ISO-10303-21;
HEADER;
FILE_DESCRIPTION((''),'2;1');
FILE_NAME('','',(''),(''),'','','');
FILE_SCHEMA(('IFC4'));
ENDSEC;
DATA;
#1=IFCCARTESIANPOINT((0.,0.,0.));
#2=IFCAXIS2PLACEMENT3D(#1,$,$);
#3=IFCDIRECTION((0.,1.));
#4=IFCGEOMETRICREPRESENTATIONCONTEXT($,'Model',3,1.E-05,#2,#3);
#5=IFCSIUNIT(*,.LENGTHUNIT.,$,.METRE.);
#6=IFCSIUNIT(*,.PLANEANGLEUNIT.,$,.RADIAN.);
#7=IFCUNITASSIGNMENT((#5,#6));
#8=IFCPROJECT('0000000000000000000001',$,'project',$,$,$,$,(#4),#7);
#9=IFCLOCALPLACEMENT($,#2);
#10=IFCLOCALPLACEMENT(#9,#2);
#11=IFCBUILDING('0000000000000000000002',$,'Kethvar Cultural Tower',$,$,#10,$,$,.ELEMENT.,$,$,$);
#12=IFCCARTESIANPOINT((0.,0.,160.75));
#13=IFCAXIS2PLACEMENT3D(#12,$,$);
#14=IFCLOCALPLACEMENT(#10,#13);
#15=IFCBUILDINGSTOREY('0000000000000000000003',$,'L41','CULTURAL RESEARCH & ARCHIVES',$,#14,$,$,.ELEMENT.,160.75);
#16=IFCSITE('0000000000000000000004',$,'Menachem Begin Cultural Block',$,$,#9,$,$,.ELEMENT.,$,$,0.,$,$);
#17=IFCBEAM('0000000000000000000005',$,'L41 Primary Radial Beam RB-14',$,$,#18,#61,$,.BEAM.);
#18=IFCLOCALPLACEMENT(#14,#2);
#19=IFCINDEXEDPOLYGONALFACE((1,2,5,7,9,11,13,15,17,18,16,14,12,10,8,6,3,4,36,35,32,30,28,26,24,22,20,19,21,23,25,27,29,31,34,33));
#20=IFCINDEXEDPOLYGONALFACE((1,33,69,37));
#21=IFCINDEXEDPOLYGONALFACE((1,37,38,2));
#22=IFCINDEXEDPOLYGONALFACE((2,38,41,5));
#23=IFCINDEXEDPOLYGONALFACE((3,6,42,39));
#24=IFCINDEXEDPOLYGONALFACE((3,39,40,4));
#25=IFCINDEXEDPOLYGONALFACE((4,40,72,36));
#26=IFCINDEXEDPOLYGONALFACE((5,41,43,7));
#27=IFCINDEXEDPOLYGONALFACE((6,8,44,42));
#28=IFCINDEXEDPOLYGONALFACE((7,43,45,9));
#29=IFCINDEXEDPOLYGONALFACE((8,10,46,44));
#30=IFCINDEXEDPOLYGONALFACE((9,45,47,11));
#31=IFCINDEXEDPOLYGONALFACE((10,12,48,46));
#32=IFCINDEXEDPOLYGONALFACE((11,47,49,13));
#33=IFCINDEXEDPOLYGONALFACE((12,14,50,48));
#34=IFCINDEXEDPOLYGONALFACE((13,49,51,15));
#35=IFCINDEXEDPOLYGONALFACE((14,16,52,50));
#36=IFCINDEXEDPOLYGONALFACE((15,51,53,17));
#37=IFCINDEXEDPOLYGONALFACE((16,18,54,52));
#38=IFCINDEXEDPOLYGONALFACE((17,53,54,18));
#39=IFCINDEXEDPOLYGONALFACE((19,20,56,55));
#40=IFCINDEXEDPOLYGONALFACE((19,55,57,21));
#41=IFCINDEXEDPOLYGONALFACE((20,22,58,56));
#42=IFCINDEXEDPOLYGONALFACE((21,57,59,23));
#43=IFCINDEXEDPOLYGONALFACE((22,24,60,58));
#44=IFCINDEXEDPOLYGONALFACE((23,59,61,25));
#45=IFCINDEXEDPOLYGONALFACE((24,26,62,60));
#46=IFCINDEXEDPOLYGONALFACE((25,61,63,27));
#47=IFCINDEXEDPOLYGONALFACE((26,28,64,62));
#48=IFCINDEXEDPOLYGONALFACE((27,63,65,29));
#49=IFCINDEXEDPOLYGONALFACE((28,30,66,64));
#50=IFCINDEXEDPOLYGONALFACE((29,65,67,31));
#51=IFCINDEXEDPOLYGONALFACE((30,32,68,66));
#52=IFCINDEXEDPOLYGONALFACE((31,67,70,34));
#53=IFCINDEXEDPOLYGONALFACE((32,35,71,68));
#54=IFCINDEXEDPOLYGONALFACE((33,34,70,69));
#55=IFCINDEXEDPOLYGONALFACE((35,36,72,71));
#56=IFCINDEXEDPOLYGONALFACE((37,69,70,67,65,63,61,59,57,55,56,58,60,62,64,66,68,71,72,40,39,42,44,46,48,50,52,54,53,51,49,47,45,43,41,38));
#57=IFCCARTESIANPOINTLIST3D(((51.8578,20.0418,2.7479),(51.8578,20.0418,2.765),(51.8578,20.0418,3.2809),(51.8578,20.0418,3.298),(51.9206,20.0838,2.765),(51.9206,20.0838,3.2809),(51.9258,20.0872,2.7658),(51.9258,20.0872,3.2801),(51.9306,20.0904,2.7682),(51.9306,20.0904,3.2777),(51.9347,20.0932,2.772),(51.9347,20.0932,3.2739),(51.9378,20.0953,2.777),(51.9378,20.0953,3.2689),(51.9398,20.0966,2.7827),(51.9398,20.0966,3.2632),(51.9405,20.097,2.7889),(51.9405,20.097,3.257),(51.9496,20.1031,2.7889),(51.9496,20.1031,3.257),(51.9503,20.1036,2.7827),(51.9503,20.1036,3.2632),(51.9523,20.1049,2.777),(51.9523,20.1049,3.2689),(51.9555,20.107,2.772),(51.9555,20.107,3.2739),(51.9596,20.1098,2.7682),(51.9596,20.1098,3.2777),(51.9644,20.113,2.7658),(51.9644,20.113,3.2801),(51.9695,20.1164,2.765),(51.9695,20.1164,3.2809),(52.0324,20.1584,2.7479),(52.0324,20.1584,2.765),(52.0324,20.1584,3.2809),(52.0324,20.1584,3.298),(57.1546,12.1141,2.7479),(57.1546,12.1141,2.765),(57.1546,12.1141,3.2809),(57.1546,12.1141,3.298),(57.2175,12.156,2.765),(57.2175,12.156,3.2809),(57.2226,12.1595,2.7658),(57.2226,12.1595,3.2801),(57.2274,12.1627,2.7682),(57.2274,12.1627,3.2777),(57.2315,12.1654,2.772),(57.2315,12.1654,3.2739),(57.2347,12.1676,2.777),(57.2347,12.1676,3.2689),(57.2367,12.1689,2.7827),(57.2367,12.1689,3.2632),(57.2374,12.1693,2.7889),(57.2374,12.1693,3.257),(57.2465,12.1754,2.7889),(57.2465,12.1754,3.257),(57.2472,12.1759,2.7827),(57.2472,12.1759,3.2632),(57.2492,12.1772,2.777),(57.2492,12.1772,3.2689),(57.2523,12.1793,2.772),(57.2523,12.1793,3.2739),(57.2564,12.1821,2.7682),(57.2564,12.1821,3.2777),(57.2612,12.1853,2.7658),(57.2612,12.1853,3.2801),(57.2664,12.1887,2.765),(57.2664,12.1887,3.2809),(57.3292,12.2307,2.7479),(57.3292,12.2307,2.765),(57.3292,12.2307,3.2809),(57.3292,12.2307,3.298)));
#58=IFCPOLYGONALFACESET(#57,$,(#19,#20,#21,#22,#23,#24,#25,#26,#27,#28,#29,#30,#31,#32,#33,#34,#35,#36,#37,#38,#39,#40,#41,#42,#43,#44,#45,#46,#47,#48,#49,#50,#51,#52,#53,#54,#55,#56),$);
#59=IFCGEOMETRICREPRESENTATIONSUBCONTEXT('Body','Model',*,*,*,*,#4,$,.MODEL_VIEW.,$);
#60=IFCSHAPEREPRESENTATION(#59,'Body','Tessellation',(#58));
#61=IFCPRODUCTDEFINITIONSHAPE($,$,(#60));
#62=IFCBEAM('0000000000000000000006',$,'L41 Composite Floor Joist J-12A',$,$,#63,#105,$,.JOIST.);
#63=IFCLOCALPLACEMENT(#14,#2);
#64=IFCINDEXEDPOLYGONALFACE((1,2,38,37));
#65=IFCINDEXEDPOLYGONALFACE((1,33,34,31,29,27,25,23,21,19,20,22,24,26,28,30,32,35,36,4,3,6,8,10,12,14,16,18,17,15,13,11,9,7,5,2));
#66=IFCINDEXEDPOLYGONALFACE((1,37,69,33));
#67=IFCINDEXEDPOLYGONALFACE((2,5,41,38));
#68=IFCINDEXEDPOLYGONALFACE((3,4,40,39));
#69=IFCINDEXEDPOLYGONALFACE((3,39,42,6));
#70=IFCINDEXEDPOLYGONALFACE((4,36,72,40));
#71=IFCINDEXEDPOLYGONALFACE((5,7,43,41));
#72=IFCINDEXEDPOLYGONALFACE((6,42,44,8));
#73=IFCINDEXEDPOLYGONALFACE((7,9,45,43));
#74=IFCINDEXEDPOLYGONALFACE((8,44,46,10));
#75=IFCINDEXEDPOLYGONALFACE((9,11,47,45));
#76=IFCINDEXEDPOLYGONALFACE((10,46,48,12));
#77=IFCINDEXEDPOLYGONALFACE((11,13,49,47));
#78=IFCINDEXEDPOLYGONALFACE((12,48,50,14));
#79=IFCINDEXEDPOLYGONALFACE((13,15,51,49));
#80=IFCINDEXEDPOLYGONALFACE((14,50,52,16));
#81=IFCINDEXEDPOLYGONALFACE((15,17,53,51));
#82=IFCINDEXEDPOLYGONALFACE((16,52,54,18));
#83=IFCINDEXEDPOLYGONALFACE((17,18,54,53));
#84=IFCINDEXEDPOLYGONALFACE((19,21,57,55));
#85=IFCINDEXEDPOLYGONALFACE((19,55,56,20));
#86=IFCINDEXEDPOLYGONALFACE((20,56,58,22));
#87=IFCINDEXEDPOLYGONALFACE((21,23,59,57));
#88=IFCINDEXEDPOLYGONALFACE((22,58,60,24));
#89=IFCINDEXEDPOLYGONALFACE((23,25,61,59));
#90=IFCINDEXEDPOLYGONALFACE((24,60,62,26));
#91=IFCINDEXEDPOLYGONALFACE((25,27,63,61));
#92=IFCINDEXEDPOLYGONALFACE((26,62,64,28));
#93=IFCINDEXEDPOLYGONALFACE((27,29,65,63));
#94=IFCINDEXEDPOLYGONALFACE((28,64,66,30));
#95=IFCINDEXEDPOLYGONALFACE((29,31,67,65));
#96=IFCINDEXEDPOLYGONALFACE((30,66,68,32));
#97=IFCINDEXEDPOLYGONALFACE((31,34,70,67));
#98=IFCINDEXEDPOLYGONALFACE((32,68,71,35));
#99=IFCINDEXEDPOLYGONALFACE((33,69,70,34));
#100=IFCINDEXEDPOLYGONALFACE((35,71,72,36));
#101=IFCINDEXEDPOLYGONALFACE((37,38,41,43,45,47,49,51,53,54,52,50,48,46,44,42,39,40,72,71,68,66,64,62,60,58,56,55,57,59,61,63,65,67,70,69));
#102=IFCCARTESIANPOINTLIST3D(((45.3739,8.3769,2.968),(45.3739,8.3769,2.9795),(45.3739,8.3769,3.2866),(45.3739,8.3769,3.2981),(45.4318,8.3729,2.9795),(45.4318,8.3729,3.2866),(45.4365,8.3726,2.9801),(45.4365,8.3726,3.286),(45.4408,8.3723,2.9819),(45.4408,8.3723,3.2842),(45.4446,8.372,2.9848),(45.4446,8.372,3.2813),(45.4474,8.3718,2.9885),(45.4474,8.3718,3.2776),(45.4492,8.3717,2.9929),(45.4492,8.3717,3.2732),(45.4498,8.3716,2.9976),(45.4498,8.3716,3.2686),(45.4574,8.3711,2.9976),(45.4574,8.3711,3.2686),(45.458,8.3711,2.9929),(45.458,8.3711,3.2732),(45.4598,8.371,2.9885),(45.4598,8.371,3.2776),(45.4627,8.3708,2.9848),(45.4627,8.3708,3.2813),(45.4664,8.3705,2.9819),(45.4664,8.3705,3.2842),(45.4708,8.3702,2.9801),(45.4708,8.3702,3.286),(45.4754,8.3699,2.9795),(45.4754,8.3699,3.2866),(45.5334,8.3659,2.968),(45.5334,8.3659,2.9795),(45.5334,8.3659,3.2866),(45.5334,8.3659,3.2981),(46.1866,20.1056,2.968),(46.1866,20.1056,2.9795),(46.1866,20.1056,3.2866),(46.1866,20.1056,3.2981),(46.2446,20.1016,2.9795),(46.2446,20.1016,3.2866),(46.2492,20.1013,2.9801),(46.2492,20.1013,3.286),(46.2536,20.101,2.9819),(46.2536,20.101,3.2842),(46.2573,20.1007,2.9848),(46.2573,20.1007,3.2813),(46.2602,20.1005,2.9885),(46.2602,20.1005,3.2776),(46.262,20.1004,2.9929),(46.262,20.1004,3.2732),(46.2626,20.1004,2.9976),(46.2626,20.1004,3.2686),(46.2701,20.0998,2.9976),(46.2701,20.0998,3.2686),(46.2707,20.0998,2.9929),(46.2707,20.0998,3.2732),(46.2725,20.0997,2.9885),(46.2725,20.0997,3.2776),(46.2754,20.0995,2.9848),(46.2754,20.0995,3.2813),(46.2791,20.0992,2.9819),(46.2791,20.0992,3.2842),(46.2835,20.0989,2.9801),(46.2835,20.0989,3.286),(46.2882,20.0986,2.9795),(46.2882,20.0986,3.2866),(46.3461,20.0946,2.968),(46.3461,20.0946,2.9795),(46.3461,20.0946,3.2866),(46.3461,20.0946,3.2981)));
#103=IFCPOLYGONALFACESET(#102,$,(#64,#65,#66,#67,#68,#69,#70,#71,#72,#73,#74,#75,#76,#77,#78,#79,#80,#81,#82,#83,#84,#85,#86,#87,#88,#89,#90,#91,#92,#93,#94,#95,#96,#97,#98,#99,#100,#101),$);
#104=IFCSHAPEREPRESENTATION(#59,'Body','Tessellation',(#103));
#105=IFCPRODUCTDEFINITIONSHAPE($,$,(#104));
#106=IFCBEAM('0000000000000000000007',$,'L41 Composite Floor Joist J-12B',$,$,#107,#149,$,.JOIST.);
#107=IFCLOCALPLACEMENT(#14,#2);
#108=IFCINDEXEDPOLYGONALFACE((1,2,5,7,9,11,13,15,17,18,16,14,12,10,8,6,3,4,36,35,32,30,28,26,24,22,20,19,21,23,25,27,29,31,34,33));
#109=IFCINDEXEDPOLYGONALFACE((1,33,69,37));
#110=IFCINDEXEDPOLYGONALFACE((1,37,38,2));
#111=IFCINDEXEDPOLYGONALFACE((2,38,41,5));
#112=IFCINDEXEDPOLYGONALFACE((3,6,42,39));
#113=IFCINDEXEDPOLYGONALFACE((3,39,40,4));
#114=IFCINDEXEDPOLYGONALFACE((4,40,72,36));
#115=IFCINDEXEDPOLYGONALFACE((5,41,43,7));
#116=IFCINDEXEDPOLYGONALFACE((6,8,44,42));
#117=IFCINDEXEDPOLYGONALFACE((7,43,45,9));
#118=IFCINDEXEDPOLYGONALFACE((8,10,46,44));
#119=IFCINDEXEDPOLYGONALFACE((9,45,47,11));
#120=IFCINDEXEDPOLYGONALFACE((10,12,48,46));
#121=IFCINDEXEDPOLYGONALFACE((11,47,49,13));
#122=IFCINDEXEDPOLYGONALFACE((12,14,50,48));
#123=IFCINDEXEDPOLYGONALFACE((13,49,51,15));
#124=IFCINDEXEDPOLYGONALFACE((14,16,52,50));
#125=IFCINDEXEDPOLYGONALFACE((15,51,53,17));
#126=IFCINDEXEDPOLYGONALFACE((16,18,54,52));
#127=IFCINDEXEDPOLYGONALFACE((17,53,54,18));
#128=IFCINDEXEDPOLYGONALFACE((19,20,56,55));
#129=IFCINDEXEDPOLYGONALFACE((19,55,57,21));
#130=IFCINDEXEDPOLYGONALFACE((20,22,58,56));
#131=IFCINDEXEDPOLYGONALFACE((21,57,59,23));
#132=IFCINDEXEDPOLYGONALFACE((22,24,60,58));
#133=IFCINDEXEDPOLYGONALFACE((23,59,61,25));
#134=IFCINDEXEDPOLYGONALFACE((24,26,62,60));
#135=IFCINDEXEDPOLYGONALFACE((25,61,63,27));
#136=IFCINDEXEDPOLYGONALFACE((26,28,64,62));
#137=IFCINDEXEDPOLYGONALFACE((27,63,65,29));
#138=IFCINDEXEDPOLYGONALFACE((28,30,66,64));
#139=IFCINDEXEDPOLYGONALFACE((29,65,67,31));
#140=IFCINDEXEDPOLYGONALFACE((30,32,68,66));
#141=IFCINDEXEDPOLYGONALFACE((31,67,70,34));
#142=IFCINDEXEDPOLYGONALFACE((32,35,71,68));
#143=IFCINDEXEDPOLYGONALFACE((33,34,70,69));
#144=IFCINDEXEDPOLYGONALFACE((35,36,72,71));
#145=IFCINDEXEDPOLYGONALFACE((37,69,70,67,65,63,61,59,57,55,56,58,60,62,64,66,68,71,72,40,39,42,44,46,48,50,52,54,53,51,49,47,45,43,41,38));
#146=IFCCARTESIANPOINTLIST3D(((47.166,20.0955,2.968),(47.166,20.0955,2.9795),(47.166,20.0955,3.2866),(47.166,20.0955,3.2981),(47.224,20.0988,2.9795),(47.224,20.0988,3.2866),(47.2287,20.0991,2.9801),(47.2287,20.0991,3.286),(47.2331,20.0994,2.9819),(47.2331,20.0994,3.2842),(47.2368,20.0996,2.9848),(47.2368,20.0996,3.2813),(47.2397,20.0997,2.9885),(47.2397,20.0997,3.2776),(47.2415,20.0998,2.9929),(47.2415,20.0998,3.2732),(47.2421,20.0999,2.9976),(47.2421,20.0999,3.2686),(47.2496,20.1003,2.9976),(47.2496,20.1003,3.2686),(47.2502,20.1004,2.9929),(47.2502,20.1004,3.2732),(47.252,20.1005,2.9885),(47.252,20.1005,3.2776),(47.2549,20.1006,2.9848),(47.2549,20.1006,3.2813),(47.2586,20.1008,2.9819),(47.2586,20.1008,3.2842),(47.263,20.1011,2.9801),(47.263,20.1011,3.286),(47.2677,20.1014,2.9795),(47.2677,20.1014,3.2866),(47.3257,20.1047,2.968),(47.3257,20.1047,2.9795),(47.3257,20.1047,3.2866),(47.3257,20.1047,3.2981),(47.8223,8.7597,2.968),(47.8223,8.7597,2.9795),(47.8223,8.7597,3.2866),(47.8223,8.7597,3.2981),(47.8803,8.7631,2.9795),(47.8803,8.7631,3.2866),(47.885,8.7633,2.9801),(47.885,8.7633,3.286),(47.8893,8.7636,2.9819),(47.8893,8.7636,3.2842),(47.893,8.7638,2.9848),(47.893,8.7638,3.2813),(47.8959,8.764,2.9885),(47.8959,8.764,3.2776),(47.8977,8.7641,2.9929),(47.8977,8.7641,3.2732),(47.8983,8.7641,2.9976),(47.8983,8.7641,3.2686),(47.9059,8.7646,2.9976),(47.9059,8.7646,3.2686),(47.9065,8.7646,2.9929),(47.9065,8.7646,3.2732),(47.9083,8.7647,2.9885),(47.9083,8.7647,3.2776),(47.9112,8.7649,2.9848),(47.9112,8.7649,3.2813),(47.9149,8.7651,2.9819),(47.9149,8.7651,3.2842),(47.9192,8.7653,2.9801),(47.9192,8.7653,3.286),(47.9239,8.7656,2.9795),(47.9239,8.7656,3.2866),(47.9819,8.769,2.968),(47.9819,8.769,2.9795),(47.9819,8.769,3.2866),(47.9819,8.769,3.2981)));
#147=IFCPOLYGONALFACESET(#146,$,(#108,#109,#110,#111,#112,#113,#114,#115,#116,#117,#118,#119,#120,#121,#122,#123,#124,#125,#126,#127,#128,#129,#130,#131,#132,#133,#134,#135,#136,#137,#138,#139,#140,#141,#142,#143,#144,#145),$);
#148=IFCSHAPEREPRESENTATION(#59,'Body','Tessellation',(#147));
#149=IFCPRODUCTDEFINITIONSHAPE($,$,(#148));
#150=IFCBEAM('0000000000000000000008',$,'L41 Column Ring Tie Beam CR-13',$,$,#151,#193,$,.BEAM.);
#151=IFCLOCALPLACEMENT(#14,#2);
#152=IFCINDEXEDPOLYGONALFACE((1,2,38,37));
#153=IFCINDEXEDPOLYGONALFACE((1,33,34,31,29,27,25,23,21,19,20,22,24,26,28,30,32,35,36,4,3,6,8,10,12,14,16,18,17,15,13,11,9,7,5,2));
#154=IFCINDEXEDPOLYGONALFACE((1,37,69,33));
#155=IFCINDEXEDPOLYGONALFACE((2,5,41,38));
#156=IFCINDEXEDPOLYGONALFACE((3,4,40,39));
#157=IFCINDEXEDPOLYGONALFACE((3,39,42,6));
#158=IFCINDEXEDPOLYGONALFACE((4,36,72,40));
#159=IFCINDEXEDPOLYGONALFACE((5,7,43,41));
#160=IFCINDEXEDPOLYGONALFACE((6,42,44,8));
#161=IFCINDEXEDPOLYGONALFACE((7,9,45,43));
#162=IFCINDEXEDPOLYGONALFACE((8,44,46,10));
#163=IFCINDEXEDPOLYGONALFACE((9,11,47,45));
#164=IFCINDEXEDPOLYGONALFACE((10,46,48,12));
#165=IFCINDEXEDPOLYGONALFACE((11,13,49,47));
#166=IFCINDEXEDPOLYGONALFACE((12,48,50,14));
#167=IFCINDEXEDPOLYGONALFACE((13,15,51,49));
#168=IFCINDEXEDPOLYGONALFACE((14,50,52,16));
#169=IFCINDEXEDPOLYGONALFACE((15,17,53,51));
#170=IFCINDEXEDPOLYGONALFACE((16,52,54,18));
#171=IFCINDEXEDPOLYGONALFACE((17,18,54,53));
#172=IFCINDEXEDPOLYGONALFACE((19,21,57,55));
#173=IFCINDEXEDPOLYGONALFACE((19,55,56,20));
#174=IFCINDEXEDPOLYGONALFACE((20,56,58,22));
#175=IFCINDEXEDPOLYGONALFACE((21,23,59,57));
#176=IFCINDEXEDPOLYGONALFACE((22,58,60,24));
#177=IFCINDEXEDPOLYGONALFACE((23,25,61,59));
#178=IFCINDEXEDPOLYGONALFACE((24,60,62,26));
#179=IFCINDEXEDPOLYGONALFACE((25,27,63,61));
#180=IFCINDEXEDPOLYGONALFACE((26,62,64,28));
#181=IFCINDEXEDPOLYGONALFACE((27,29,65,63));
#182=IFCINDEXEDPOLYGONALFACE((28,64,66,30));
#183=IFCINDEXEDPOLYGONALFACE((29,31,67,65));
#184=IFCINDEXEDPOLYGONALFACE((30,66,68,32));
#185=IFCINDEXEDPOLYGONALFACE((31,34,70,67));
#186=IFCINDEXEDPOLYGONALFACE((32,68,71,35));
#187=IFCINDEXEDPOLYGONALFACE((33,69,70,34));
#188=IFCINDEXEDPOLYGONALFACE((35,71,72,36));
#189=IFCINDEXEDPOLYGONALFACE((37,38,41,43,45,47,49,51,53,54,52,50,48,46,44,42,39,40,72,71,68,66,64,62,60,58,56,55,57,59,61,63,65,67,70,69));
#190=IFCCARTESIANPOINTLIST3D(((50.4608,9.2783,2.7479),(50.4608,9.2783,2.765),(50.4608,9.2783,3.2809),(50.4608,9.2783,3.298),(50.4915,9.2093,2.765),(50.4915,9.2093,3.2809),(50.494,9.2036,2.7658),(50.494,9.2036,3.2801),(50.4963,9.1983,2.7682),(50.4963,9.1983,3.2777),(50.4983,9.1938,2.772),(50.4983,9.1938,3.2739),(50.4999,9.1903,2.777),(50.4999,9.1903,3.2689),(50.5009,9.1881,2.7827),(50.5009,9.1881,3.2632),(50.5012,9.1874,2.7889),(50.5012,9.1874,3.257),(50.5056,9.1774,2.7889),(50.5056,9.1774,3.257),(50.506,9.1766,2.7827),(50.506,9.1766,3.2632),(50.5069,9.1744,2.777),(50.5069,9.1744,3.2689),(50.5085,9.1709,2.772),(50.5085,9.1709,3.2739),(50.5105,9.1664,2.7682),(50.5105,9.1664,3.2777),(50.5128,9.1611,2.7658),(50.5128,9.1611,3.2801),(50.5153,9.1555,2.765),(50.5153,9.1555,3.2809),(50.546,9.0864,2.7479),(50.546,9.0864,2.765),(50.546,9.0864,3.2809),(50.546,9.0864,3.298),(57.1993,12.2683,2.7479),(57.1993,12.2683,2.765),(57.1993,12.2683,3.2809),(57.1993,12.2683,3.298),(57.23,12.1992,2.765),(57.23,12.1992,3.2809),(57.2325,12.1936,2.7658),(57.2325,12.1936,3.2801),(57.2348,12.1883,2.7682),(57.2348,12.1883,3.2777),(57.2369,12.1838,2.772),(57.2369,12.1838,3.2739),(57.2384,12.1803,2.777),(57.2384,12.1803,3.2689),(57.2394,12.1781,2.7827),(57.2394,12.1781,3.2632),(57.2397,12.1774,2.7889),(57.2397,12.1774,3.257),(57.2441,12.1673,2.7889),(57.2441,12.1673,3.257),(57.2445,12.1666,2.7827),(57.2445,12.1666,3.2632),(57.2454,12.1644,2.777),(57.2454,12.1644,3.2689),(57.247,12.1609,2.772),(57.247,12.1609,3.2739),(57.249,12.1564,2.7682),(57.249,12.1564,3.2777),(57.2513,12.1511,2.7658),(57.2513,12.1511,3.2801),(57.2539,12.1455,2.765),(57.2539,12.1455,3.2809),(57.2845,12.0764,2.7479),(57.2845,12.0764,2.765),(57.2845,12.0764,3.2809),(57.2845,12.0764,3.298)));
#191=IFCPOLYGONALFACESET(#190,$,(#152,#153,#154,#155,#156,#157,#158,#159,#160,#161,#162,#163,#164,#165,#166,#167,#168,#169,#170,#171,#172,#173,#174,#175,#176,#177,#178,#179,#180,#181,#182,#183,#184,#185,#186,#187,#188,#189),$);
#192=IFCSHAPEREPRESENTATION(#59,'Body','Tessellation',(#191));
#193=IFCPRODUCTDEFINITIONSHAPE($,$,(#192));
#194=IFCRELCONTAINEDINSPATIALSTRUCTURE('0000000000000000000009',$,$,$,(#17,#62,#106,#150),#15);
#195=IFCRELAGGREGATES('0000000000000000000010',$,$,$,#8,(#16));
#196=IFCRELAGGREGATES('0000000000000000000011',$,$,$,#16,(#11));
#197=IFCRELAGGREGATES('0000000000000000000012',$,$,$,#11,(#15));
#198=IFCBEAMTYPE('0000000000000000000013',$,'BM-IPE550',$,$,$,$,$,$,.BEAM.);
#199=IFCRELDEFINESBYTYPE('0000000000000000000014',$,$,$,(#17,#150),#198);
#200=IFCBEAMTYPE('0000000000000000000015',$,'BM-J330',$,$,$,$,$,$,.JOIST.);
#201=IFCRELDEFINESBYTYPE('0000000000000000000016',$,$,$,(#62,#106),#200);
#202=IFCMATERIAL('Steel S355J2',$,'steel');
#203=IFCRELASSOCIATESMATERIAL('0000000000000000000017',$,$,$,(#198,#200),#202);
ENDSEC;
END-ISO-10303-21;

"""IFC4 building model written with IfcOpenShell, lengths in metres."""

from ifc_helpers import new_model, si_unit, direction, frame, origin, origin_2d, place, context, subcontext, project, spatial, i_section, extrude, source, transform, mapped, material, material_profile, profile_set, type_object, element, save


model = new_model("IFC4")

# Units and contexts
model_context = context("Model", 3, precision=1e-05, world=origin(), true_north=direction((0.0, 1.0)))
body_context = subcontext(model_context, "Body", "Model", "MODEL_VIEW")
ifc_project = project(units=[si_unit("LENGTHUNIT", "METRE"), si_unit("PLANEANGLEUNIT", "RADIAN")], contexts=[model_context])

# Site, building, storey
site_placement = place(None, origin())
site = spatial("IfcSite", under=ifc_project, at=site_placement, Name="Menachem Begin Cultural Block", CompositionType="ELEMENT", RefElevation=0.0)
building_placement = place(site_placement, origin())
building = spatial("IfcBuilding", under=site, at=building_placement, Name="Kethvar Cultural Tower", CompositionType="ELEMENT")
storey_placement = place(building_placement, frame((0.0, 0.0, 160.75)))
storey = spatial("IfcBuildingStorey", under=building, at=storey_placement, Name="L41", Description="CULTURAL RESEARCH & ARCHIVES", CompositionType="ELEMENT", Elevation=160.75)

# Beams
ifc_material_1 = material(Name="Steel S355J2", Category="steel")
ifc_material_profile_1 = material_profile(ifc_material_1, i_section(OverallWidth=0.21, OverallDepth=0.55, WebThickness=0.011, FlangeThickness=0.0171, FilletRadius=0.0239, at=origin_2d()), Name="Steel S355J2 — IPE550")
ifc_profile_set_1 = profile_set([ifc_material_profile_1], Name="Steel S355J2 — IPE550")
beam_type_1 = type_object("IfcBeamType", Name="BM-IPE550", PredefinedType="BEAM", material=ifc_profile_set_1)
shared_shape_1 = source(origin(), body_context, "Body", "SweptSolid", [
    extrude(i_section(OverallWidth=0.21, OverallDepth=0.55, WebThickness=0.011, FlangeThickness=0.0171, FilletRadius=0.0239, at=origin_2d()), origin(), (0.0, 0.0, 1.0), 9.5344),
])
beam_1_placement = place(storey_placement, frame((51.9451, 20.1001, 3.0229), z_axis=(0.555551, -0.831483, 0.0), x_axis=(0.831483, 0.555551, 0.0)))
element("IfcBeam", 1, at=beam_1_placement, inside=storey, type_object=beam_type_1, Name="L41 Primary Radial Beam RB-14", PredefinedType="BEAM", context=body_context, shape_type="MappedRepresentation", body=[
    mapped(shared_shape_1, transform((0.0, 0.0, 0.0), scale=1.0)),
])
ifc_material_profile_2 = material_profile(ifc_material_1, i_section(OverallWidth=0.1599, OverallDepth=0.3301, WebThickness=0.0076, FlangeThickness=0.0115, FilletRadius=0.0181, at=origin_2d()), Name="Steel S355J2 — IPE330")
ifc_profile_set_2 = profile_set([ifc_material_profile_2], Name="Steel S355J2 — IPE330")
beam_type_2 = type_object("IfcBeamType", Name="BM-J330", PredefinedType="JOIST", material=ifc_profile_set_2)
shared_shape_2 = source(origin(), body_context, "Body", "SweptSolid", [
    extrude(i_section(OverallWidth=0.1599, OverallDepth=0.3301, WebThickness=0.0076, FlangeThickness=0.0115, FilletRadius=0.0181, at=origin_2d()), origin(), (0.0, 0.0, 1.0), 11.7568),
])
beam_2_placement = place(storey_placement, frame((46.2664, 20.1001, 3.1331), z_axis=(-0.069129, -0.997608, 0.0), x_axis=(0.997608, -0.069129, 0.0)))
element("IfcBeam", 2, at=beam_2_placement, inside=storey, type_object=beam_type_2, Name="L41 Composite Floor Joist J-12A", PredefinedType="JOIST", context=body_context, shape_type="MappedRepresentation", body=[
    mapped(shared_shape_2, transform((0.0, 0.0, 0.0), scale=1.0)),
])
shared_shape_3 = source(origin(), body_context, "Body", "SweptSolid", [
    extrude(i_section(OverallWidth=0.1599, OverallDepth=0.3301, WebThickness=0.0076, FlangeThickness=0.0115, FilletRadius=0.0181, at=origin_2d()), origin(), (0.0, 0.0, 1.0), 11.3547),
])
beam_3_placement = place(storey_placement, frame((47.2458, 20.1001, 3.1331), z_axis=(0.057796, -0.998328, 0.0), x_axis=(0.998328, 0.057796, 0.0)))
element("IfcBeam", 3, at=beam_3_placement, inside=storey, type_object=beam_type_2, Name="L41 Composite Floor Joist J-12B", PredefinedType="JOIST", context=body_context, shape_type="MappedRepresentation", body=[
    mapped(shared_shape_3, transform((0.0, 0.0, 0.0), scale=1.0)),
])
shared_shape_4 = source(origin(), body_context, "Body", "SweptSolid", [
    extrude(i_section(OverallWidth=0.21, OverallDepth=0.55, WebThickness=0.011, FlangeThickness=0.0171, FilletRadius=0.0239, at=origin_2d()), origin(), (0.0, 0.0, 1.0), 7.3721),
])
beam_4_placement = place(storey_placement, frame((50.5034, 9.1824, 3.0229), z_axis=(0.914059, 0.405582, 0.0), x_axis=(-0.405582, 0.914059, 0.0)))
element("IfcBeam", 4, at=beam_4_placement, inside=storey, type_object=beam_type_1, Name="L41 Column Ring Tie Beam CR-13", PredefinedType="BEAM", context=body_context, shape_type="MappedRepresentation", body=[
    mapped(shared_shape_4, transform((0.0, 0.0, 0.0), scale=1.0)),
])

save(model, "model.ifc")
